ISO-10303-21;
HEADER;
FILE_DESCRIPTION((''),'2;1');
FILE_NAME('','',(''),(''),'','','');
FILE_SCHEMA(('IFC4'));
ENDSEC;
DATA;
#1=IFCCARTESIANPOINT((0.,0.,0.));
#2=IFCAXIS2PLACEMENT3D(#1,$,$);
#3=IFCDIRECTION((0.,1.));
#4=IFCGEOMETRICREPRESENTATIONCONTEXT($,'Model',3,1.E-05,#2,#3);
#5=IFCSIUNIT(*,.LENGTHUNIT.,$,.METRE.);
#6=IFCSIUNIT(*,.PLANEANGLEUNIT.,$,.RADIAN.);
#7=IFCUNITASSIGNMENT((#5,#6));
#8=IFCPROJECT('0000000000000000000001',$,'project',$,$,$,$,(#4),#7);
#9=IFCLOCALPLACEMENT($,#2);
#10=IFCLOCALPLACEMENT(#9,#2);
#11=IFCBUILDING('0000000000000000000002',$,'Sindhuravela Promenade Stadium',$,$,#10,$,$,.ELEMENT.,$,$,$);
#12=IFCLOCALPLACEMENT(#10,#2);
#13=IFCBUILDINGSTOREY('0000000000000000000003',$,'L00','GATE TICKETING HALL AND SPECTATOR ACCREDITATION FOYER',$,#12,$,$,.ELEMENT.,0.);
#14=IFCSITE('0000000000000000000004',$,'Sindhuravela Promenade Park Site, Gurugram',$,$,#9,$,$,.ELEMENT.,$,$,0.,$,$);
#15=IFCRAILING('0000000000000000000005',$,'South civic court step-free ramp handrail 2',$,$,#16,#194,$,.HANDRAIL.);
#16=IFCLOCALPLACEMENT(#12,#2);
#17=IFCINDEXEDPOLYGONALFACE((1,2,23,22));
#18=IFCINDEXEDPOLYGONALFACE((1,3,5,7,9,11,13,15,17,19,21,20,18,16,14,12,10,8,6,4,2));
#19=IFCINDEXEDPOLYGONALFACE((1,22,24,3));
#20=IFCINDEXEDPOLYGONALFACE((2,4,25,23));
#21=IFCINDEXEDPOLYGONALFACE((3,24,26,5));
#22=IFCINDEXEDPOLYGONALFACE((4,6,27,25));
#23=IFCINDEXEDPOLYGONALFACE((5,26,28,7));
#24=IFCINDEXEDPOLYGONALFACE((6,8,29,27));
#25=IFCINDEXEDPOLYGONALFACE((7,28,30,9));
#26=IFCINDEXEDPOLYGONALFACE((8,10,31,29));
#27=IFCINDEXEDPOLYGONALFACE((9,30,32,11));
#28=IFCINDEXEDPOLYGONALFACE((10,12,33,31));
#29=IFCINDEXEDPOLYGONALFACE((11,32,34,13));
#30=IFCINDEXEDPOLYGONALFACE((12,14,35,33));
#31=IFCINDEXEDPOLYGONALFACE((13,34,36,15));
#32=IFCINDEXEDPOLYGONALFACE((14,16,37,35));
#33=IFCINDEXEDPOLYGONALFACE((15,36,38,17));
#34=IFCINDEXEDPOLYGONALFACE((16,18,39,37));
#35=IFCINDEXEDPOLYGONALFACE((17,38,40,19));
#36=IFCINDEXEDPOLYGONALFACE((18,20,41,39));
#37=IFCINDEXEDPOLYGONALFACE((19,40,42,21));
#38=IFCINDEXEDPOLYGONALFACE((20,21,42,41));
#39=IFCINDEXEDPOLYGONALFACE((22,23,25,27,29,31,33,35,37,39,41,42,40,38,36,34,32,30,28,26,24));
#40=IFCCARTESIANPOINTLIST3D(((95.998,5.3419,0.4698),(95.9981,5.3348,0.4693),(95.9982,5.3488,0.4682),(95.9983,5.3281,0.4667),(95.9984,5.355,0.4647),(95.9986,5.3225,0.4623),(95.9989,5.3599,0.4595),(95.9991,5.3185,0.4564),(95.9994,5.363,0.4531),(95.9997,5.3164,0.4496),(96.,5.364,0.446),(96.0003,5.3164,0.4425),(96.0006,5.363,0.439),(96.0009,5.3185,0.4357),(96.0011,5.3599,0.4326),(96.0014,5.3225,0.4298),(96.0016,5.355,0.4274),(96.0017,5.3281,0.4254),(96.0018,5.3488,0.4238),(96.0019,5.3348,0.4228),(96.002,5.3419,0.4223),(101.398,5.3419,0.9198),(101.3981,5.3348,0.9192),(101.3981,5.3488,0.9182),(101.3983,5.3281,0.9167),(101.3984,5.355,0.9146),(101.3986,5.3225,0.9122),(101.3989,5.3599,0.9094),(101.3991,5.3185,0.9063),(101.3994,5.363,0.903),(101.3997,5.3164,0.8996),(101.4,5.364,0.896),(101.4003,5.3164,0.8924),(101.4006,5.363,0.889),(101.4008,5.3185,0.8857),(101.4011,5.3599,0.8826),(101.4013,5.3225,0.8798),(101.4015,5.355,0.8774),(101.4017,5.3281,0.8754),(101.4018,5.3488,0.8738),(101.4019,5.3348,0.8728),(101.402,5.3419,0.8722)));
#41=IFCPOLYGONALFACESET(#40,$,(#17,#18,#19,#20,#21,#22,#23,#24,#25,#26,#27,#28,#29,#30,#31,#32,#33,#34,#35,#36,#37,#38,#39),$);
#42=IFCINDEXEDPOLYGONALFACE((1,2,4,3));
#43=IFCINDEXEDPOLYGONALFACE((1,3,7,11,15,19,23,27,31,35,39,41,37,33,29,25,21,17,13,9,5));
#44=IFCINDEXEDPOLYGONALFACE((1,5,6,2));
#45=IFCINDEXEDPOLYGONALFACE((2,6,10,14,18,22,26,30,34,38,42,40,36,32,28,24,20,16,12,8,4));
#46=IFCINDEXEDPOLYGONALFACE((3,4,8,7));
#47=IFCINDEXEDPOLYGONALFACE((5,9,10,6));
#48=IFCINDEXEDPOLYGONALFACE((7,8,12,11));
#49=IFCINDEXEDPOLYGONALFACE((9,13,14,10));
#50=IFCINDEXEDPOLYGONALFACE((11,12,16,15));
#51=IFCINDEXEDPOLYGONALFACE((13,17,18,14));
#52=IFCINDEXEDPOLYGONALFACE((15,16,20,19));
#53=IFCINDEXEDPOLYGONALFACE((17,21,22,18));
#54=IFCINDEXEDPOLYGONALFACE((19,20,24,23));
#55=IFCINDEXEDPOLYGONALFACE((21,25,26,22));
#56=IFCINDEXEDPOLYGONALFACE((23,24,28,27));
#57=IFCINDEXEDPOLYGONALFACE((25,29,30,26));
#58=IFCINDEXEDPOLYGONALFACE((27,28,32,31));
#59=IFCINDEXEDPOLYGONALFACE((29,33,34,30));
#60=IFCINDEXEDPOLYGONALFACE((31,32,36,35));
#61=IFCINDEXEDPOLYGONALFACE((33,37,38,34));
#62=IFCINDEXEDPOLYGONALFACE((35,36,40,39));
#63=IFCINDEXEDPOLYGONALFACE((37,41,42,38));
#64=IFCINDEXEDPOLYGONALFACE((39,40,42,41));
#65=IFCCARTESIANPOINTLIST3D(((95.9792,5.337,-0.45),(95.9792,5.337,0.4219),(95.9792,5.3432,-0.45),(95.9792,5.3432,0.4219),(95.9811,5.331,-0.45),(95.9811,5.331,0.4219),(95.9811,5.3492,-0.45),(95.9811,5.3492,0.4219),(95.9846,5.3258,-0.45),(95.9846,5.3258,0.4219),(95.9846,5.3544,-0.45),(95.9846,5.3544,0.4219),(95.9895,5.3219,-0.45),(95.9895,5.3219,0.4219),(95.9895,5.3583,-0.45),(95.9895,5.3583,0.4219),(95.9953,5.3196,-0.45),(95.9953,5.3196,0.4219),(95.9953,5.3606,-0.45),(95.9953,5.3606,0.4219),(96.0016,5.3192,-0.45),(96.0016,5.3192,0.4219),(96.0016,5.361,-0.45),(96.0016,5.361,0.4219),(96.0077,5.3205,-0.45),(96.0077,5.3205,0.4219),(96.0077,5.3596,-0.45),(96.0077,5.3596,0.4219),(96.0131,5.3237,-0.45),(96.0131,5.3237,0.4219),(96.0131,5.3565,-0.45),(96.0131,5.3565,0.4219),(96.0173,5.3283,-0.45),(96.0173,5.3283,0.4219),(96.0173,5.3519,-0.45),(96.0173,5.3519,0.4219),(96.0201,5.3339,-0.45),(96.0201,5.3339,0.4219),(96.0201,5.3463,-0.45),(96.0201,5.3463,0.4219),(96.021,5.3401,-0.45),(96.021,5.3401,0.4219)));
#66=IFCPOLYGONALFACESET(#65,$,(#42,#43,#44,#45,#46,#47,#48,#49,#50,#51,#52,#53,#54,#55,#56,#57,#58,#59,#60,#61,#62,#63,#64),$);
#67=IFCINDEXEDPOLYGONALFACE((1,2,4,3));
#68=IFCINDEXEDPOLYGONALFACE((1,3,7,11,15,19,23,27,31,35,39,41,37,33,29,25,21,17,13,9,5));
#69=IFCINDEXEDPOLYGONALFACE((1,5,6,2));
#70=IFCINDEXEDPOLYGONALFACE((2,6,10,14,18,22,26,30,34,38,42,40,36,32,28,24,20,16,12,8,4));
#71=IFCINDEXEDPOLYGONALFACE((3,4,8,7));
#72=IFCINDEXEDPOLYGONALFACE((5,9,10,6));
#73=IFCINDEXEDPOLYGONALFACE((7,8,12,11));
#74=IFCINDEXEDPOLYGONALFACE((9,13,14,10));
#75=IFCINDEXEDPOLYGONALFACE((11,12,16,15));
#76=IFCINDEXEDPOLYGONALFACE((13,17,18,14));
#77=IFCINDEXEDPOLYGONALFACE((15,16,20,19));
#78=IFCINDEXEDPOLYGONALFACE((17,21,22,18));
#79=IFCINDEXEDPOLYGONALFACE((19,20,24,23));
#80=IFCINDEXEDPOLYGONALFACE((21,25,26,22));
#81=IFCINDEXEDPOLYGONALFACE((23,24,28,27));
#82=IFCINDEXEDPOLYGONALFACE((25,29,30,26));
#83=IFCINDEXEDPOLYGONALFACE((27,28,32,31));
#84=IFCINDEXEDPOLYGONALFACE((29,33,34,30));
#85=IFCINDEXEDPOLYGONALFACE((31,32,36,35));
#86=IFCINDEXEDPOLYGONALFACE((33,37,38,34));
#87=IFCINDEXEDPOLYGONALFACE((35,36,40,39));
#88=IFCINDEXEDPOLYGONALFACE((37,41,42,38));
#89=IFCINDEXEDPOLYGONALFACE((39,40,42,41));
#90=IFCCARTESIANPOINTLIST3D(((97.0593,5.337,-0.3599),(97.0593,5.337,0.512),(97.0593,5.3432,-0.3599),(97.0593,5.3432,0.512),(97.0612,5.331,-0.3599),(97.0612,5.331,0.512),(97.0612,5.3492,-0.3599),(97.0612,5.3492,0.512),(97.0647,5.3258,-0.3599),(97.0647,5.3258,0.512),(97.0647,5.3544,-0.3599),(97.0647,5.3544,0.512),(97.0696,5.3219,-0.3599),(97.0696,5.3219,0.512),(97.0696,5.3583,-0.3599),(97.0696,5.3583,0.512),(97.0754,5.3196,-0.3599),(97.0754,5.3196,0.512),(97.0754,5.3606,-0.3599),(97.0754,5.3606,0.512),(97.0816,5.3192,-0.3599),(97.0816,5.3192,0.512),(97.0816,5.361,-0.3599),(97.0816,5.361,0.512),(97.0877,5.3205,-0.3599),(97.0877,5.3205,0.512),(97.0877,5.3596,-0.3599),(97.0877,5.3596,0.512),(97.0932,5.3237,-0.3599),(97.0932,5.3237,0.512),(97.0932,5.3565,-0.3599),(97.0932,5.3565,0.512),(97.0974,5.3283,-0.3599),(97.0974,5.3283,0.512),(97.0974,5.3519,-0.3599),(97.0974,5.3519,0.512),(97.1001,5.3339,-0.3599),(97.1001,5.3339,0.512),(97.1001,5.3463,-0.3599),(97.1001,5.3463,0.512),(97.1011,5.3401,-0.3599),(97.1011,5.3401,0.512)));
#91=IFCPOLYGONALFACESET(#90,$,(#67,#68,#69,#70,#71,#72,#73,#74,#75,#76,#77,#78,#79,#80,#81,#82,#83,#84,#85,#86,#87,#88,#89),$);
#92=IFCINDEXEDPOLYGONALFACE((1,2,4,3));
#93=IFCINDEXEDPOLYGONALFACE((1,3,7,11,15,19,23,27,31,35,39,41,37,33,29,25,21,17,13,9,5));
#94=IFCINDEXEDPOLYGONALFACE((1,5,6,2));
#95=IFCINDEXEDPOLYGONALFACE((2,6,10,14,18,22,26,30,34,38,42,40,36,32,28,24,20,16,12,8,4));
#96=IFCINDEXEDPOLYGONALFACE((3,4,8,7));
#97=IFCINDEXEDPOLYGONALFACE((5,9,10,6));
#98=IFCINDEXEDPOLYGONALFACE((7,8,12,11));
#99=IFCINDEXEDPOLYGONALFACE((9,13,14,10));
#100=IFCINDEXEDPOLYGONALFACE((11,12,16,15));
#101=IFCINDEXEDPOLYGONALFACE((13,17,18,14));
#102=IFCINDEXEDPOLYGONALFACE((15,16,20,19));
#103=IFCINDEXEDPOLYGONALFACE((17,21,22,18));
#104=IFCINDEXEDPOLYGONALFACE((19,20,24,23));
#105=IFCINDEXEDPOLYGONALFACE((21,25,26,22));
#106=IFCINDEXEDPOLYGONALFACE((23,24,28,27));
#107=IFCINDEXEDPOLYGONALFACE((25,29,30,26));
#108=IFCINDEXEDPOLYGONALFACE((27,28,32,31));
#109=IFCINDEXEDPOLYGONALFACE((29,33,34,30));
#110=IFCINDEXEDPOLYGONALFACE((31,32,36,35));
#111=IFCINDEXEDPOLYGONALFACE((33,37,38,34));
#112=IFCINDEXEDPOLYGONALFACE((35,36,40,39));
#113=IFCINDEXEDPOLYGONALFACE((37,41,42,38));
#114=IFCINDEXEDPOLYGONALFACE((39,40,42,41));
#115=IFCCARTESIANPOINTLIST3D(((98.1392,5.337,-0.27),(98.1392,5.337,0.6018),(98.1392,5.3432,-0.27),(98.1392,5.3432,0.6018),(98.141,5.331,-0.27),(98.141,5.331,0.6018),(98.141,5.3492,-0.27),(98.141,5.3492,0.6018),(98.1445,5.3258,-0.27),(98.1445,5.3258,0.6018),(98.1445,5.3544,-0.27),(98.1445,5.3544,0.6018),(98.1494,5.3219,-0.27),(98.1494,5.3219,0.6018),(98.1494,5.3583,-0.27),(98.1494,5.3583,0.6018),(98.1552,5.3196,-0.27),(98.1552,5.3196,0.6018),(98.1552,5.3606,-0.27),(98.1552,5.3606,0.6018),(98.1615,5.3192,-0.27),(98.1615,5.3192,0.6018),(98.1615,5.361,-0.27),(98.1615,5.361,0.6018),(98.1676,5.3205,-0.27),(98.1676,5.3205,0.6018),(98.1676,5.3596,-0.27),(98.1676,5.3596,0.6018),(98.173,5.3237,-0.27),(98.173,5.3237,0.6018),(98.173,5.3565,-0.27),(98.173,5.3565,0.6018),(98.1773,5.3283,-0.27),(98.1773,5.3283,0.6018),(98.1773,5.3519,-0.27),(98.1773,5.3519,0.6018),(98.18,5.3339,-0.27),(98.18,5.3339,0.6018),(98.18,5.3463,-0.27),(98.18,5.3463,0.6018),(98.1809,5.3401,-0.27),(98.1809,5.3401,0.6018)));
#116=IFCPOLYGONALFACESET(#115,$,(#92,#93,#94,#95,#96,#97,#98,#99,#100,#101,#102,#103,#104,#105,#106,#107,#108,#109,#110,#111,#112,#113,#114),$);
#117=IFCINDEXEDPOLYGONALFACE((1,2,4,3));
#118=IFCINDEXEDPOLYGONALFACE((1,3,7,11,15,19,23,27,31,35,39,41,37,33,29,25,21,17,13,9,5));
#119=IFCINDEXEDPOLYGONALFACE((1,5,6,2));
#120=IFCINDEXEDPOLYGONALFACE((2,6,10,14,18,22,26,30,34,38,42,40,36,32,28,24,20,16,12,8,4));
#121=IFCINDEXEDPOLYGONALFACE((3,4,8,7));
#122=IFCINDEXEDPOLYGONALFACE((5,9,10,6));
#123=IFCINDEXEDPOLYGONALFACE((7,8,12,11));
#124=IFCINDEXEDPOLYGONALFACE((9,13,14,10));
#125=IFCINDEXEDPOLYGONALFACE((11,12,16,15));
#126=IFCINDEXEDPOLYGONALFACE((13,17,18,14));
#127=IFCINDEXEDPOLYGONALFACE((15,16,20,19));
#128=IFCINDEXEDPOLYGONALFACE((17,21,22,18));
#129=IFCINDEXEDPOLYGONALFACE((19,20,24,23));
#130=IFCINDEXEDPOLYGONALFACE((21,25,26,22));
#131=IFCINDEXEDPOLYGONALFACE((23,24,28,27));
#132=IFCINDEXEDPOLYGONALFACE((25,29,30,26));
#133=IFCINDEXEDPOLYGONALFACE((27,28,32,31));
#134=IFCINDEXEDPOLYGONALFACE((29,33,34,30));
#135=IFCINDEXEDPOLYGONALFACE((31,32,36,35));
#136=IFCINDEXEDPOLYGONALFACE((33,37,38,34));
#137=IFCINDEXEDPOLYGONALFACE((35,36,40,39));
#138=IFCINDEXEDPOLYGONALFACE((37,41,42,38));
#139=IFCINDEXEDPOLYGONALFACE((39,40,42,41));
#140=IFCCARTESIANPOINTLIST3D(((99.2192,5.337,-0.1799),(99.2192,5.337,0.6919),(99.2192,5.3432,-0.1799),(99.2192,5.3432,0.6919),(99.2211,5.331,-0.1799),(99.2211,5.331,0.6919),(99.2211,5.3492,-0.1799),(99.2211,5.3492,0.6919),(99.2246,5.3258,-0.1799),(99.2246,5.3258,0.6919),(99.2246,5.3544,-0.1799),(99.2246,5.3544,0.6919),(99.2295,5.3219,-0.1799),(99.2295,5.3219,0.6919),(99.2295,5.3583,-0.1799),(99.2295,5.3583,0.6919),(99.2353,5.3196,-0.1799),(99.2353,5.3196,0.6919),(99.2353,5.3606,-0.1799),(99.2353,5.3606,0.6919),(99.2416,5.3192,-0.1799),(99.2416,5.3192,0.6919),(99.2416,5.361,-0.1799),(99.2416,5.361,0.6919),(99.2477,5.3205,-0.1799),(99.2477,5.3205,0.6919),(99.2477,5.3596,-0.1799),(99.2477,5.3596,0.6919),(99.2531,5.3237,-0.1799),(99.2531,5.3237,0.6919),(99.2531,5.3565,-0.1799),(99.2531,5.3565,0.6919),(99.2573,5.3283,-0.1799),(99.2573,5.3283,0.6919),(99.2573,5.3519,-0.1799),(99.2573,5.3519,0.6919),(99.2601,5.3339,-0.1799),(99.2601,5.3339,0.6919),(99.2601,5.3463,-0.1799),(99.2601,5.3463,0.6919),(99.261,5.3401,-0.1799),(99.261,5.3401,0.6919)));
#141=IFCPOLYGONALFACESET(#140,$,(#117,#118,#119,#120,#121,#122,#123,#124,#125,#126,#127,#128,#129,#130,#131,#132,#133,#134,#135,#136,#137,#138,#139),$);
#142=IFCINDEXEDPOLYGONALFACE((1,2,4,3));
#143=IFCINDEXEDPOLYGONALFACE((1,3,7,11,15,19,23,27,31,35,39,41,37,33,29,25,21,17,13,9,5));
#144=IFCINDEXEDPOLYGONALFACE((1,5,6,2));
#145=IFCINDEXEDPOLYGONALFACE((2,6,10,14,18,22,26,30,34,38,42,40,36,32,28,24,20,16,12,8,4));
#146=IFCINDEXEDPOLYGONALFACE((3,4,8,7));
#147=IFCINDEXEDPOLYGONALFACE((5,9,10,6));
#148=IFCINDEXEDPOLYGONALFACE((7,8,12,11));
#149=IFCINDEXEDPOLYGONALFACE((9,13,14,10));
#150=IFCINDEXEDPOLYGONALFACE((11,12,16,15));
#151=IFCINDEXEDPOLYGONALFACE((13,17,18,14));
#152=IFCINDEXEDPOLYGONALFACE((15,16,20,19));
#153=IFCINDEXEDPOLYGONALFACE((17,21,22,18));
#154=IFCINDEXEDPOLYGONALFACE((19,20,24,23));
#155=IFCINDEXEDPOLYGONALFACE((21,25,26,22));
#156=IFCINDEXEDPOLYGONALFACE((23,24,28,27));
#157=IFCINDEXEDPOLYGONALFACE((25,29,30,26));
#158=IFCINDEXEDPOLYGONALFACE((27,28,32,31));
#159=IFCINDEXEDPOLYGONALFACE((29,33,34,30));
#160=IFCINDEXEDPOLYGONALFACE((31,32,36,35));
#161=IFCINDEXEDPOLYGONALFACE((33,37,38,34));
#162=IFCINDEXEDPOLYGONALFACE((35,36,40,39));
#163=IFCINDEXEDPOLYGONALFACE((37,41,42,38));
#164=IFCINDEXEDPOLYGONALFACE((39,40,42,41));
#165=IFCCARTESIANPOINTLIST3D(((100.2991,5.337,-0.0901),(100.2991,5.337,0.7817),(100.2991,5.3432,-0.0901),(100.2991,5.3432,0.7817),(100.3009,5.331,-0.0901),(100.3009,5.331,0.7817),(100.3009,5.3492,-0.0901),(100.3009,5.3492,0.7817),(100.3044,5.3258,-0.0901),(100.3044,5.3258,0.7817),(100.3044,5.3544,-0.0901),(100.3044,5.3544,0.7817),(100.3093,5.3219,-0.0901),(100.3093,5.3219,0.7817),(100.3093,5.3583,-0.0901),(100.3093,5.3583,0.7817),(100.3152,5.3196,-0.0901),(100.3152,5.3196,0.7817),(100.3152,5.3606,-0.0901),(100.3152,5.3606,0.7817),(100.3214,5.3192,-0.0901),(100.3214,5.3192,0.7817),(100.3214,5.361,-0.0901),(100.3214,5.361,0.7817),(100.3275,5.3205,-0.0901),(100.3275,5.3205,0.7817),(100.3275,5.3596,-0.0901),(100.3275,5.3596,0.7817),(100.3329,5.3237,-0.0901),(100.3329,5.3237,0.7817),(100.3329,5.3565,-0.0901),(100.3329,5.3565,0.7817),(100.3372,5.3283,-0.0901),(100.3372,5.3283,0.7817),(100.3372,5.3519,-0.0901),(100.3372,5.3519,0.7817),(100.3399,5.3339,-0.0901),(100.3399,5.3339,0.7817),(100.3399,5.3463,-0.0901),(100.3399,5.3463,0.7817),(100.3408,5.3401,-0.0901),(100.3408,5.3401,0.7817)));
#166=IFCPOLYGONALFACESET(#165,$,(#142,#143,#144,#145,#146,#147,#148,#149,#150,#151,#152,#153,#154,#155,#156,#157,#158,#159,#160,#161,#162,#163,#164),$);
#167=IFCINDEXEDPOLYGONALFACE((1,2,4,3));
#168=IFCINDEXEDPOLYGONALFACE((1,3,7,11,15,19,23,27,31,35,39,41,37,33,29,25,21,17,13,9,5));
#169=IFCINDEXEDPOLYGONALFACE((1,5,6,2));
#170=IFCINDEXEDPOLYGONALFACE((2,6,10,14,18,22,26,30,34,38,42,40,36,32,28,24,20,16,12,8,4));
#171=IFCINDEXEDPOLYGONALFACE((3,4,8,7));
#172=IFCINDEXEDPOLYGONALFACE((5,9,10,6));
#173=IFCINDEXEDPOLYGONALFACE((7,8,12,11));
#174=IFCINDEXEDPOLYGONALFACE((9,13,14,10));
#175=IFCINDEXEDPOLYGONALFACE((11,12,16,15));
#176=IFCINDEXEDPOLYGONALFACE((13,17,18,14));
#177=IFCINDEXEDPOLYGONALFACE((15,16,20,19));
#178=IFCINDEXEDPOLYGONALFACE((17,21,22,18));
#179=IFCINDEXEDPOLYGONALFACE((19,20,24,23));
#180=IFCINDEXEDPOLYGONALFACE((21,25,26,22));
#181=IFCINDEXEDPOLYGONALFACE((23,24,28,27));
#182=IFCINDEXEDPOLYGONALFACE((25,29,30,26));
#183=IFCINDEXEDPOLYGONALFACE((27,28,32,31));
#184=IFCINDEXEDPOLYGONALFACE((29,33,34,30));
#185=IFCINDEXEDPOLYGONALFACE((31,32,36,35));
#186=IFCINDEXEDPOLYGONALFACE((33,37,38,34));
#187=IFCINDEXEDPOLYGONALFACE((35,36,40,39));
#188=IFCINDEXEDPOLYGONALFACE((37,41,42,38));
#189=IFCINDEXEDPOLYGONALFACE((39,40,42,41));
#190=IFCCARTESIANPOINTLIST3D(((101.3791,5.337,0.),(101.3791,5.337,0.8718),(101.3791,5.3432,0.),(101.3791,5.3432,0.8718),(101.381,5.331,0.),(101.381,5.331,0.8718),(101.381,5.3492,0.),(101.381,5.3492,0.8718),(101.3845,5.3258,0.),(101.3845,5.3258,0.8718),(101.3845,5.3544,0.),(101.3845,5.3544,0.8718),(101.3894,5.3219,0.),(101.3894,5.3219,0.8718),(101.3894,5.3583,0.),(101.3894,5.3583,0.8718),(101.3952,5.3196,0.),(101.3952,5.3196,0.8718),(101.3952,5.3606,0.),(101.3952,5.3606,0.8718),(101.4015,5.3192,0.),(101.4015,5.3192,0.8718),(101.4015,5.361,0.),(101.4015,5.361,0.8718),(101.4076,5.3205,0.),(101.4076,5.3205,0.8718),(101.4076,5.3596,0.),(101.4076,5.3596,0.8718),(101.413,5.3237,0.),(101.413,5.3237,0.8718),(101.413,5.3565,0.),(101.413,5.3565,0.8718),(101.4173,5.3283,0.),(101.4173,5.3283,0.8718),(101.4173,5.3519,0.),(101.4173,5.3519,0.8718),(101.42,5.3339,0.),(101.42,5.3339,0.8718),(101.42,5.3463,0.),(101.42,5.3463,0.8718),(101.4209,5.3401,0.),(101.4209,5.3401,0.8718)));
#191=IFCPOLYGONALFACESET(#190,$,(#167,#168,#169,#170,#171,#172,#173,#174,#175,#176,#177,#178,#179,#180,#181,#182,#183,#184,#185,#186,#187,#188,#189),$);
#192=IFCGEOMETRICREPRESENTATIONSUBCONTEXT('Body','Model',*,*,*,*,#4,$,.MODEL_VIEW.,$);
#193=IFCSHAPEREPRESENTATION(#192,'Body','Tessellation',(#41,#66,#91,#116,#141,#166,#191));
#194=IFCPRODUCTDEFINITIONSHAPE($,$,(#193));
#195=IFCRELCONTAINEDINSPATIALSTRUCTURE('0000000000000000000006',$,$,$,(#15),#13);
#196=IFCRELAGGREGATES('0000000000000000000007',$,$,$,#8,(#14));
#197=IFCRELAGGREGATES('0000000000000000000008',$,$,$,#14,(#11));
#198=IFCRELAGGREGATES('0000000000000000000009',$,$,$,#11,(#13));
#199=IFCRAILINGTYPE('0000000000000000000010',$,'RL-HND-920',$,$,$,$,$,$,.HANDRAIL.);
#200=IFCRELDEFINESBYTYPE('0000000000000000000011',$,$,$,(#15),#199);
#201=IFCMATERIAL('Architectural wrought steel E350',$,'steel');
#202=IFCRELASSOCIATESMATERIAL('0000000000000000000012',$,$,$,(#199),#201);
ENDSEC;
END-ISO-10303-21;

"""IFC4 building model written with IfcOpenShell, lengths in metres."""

from ifc_helpers import new_model, si_unit, direction, frame, origin, origin_2d, place, context, subcontext, project, spatial, circle, extrude, material, type_object, element, save


model = new_model("IFC4")

# Units and contexts
model_context = context("Model", 3, precision=1e-05, world=origin(), true_north=direction((0.0, 1.0)))
body_context = subcontext(model_context, "Body", "Model", "MODEL_VIEW")
ifc_project = project(units=[si_unit("LENGTHUNIT", "METRE"), si_unit("PLANEANGLEUNIT", "RADIAN")], contexts=[model_context])

# Site, building, storey
site_placement = place(None, origin())
site = spatial("IfcSite", under=ifc_project, at=site_placement, Name="Sindhuravela Promenade Park Site, Gurugram", CompositionType="ELEMENT", RefElevation=0.0)
building_placement = place(site_placement, origin())
building = spatial("IfcBuilding", under=site, at=building_placement, Name="Sindhuravela Promenade Stadium", CompositionType="ELEMENT")
storey_placement = place(building_placement, origin())
storey = spatial("IfcBuildingStorey", under=building, at=storey_placement, Name="L00", Description="GATE TICKETING HALL AND SPECTATOR ACCREDITATION FOYER", CompositionType="ELEMENT", Elevation=0.0)

# Railing
ifc_material_1 = material(Name="Architectural wrought steel E350", Category="steel")
railing_type = type_object("IfcRailingType", Name="RL-HND-920", PredefinedType="HANDRAIL", material=ifc_material_1)
for number, where, name in (
    (1, (96.0, 5.3401, -0.45), "South civic court step-free ramp handrail 2"),
):
    element("IfcRailing", number, at=place(storey_placement, frame(where)), inside=storey, type_object=railing_type, Name=name, PredefinedType="HANDRAIL", context=body_context, shape_type="SweptSolid", body=[
        extrude(circle(Radius=0.0239, at=origin_2d()), frame((0.0, 0.0, 0.896), z_axis=(0.996546, 0.0, 0.083038), x_axis=(0.0, 1.0, 0.0)), (0.0, 0.0, 1.0), 5.4187),
        extrude(circle(Radius=0.021, at=origin_2d()), origin(), (0.0, 0.0, 1.0), 0.8718),
        extrude(circle(Radius=0.021, at=origin_2d()), frame((1.0801, 0.0, 0.0901)), (0.0, 0.0, 1.0), 0.8718),
        extrude(circle(Radius=0.021, at=origin_2d()), frame((2.1599, 0.0, 0.1799)), (0.0, 0.0, 1.0), 0.8718),
        extrude(circle(Radius=0.021, at=origin_2d()), frame((3.24, 0.0, 0.27)), (0.0, 0.0, 1.0), 0.8718),
        extrude(circle(Radius=0.021, at=origin_2d()), frame((4.3198, 0.0, 0.3599)), (0.0, 0.0, 1.0), 0.8718),
        extrude(circle(Radius=0.021, at=origin_2d()), frame((5.3999, 0.0, 0.45)), (0.0, 0.0, 1.0), 0.8718),
    ])

save(model, "model.ifc")
